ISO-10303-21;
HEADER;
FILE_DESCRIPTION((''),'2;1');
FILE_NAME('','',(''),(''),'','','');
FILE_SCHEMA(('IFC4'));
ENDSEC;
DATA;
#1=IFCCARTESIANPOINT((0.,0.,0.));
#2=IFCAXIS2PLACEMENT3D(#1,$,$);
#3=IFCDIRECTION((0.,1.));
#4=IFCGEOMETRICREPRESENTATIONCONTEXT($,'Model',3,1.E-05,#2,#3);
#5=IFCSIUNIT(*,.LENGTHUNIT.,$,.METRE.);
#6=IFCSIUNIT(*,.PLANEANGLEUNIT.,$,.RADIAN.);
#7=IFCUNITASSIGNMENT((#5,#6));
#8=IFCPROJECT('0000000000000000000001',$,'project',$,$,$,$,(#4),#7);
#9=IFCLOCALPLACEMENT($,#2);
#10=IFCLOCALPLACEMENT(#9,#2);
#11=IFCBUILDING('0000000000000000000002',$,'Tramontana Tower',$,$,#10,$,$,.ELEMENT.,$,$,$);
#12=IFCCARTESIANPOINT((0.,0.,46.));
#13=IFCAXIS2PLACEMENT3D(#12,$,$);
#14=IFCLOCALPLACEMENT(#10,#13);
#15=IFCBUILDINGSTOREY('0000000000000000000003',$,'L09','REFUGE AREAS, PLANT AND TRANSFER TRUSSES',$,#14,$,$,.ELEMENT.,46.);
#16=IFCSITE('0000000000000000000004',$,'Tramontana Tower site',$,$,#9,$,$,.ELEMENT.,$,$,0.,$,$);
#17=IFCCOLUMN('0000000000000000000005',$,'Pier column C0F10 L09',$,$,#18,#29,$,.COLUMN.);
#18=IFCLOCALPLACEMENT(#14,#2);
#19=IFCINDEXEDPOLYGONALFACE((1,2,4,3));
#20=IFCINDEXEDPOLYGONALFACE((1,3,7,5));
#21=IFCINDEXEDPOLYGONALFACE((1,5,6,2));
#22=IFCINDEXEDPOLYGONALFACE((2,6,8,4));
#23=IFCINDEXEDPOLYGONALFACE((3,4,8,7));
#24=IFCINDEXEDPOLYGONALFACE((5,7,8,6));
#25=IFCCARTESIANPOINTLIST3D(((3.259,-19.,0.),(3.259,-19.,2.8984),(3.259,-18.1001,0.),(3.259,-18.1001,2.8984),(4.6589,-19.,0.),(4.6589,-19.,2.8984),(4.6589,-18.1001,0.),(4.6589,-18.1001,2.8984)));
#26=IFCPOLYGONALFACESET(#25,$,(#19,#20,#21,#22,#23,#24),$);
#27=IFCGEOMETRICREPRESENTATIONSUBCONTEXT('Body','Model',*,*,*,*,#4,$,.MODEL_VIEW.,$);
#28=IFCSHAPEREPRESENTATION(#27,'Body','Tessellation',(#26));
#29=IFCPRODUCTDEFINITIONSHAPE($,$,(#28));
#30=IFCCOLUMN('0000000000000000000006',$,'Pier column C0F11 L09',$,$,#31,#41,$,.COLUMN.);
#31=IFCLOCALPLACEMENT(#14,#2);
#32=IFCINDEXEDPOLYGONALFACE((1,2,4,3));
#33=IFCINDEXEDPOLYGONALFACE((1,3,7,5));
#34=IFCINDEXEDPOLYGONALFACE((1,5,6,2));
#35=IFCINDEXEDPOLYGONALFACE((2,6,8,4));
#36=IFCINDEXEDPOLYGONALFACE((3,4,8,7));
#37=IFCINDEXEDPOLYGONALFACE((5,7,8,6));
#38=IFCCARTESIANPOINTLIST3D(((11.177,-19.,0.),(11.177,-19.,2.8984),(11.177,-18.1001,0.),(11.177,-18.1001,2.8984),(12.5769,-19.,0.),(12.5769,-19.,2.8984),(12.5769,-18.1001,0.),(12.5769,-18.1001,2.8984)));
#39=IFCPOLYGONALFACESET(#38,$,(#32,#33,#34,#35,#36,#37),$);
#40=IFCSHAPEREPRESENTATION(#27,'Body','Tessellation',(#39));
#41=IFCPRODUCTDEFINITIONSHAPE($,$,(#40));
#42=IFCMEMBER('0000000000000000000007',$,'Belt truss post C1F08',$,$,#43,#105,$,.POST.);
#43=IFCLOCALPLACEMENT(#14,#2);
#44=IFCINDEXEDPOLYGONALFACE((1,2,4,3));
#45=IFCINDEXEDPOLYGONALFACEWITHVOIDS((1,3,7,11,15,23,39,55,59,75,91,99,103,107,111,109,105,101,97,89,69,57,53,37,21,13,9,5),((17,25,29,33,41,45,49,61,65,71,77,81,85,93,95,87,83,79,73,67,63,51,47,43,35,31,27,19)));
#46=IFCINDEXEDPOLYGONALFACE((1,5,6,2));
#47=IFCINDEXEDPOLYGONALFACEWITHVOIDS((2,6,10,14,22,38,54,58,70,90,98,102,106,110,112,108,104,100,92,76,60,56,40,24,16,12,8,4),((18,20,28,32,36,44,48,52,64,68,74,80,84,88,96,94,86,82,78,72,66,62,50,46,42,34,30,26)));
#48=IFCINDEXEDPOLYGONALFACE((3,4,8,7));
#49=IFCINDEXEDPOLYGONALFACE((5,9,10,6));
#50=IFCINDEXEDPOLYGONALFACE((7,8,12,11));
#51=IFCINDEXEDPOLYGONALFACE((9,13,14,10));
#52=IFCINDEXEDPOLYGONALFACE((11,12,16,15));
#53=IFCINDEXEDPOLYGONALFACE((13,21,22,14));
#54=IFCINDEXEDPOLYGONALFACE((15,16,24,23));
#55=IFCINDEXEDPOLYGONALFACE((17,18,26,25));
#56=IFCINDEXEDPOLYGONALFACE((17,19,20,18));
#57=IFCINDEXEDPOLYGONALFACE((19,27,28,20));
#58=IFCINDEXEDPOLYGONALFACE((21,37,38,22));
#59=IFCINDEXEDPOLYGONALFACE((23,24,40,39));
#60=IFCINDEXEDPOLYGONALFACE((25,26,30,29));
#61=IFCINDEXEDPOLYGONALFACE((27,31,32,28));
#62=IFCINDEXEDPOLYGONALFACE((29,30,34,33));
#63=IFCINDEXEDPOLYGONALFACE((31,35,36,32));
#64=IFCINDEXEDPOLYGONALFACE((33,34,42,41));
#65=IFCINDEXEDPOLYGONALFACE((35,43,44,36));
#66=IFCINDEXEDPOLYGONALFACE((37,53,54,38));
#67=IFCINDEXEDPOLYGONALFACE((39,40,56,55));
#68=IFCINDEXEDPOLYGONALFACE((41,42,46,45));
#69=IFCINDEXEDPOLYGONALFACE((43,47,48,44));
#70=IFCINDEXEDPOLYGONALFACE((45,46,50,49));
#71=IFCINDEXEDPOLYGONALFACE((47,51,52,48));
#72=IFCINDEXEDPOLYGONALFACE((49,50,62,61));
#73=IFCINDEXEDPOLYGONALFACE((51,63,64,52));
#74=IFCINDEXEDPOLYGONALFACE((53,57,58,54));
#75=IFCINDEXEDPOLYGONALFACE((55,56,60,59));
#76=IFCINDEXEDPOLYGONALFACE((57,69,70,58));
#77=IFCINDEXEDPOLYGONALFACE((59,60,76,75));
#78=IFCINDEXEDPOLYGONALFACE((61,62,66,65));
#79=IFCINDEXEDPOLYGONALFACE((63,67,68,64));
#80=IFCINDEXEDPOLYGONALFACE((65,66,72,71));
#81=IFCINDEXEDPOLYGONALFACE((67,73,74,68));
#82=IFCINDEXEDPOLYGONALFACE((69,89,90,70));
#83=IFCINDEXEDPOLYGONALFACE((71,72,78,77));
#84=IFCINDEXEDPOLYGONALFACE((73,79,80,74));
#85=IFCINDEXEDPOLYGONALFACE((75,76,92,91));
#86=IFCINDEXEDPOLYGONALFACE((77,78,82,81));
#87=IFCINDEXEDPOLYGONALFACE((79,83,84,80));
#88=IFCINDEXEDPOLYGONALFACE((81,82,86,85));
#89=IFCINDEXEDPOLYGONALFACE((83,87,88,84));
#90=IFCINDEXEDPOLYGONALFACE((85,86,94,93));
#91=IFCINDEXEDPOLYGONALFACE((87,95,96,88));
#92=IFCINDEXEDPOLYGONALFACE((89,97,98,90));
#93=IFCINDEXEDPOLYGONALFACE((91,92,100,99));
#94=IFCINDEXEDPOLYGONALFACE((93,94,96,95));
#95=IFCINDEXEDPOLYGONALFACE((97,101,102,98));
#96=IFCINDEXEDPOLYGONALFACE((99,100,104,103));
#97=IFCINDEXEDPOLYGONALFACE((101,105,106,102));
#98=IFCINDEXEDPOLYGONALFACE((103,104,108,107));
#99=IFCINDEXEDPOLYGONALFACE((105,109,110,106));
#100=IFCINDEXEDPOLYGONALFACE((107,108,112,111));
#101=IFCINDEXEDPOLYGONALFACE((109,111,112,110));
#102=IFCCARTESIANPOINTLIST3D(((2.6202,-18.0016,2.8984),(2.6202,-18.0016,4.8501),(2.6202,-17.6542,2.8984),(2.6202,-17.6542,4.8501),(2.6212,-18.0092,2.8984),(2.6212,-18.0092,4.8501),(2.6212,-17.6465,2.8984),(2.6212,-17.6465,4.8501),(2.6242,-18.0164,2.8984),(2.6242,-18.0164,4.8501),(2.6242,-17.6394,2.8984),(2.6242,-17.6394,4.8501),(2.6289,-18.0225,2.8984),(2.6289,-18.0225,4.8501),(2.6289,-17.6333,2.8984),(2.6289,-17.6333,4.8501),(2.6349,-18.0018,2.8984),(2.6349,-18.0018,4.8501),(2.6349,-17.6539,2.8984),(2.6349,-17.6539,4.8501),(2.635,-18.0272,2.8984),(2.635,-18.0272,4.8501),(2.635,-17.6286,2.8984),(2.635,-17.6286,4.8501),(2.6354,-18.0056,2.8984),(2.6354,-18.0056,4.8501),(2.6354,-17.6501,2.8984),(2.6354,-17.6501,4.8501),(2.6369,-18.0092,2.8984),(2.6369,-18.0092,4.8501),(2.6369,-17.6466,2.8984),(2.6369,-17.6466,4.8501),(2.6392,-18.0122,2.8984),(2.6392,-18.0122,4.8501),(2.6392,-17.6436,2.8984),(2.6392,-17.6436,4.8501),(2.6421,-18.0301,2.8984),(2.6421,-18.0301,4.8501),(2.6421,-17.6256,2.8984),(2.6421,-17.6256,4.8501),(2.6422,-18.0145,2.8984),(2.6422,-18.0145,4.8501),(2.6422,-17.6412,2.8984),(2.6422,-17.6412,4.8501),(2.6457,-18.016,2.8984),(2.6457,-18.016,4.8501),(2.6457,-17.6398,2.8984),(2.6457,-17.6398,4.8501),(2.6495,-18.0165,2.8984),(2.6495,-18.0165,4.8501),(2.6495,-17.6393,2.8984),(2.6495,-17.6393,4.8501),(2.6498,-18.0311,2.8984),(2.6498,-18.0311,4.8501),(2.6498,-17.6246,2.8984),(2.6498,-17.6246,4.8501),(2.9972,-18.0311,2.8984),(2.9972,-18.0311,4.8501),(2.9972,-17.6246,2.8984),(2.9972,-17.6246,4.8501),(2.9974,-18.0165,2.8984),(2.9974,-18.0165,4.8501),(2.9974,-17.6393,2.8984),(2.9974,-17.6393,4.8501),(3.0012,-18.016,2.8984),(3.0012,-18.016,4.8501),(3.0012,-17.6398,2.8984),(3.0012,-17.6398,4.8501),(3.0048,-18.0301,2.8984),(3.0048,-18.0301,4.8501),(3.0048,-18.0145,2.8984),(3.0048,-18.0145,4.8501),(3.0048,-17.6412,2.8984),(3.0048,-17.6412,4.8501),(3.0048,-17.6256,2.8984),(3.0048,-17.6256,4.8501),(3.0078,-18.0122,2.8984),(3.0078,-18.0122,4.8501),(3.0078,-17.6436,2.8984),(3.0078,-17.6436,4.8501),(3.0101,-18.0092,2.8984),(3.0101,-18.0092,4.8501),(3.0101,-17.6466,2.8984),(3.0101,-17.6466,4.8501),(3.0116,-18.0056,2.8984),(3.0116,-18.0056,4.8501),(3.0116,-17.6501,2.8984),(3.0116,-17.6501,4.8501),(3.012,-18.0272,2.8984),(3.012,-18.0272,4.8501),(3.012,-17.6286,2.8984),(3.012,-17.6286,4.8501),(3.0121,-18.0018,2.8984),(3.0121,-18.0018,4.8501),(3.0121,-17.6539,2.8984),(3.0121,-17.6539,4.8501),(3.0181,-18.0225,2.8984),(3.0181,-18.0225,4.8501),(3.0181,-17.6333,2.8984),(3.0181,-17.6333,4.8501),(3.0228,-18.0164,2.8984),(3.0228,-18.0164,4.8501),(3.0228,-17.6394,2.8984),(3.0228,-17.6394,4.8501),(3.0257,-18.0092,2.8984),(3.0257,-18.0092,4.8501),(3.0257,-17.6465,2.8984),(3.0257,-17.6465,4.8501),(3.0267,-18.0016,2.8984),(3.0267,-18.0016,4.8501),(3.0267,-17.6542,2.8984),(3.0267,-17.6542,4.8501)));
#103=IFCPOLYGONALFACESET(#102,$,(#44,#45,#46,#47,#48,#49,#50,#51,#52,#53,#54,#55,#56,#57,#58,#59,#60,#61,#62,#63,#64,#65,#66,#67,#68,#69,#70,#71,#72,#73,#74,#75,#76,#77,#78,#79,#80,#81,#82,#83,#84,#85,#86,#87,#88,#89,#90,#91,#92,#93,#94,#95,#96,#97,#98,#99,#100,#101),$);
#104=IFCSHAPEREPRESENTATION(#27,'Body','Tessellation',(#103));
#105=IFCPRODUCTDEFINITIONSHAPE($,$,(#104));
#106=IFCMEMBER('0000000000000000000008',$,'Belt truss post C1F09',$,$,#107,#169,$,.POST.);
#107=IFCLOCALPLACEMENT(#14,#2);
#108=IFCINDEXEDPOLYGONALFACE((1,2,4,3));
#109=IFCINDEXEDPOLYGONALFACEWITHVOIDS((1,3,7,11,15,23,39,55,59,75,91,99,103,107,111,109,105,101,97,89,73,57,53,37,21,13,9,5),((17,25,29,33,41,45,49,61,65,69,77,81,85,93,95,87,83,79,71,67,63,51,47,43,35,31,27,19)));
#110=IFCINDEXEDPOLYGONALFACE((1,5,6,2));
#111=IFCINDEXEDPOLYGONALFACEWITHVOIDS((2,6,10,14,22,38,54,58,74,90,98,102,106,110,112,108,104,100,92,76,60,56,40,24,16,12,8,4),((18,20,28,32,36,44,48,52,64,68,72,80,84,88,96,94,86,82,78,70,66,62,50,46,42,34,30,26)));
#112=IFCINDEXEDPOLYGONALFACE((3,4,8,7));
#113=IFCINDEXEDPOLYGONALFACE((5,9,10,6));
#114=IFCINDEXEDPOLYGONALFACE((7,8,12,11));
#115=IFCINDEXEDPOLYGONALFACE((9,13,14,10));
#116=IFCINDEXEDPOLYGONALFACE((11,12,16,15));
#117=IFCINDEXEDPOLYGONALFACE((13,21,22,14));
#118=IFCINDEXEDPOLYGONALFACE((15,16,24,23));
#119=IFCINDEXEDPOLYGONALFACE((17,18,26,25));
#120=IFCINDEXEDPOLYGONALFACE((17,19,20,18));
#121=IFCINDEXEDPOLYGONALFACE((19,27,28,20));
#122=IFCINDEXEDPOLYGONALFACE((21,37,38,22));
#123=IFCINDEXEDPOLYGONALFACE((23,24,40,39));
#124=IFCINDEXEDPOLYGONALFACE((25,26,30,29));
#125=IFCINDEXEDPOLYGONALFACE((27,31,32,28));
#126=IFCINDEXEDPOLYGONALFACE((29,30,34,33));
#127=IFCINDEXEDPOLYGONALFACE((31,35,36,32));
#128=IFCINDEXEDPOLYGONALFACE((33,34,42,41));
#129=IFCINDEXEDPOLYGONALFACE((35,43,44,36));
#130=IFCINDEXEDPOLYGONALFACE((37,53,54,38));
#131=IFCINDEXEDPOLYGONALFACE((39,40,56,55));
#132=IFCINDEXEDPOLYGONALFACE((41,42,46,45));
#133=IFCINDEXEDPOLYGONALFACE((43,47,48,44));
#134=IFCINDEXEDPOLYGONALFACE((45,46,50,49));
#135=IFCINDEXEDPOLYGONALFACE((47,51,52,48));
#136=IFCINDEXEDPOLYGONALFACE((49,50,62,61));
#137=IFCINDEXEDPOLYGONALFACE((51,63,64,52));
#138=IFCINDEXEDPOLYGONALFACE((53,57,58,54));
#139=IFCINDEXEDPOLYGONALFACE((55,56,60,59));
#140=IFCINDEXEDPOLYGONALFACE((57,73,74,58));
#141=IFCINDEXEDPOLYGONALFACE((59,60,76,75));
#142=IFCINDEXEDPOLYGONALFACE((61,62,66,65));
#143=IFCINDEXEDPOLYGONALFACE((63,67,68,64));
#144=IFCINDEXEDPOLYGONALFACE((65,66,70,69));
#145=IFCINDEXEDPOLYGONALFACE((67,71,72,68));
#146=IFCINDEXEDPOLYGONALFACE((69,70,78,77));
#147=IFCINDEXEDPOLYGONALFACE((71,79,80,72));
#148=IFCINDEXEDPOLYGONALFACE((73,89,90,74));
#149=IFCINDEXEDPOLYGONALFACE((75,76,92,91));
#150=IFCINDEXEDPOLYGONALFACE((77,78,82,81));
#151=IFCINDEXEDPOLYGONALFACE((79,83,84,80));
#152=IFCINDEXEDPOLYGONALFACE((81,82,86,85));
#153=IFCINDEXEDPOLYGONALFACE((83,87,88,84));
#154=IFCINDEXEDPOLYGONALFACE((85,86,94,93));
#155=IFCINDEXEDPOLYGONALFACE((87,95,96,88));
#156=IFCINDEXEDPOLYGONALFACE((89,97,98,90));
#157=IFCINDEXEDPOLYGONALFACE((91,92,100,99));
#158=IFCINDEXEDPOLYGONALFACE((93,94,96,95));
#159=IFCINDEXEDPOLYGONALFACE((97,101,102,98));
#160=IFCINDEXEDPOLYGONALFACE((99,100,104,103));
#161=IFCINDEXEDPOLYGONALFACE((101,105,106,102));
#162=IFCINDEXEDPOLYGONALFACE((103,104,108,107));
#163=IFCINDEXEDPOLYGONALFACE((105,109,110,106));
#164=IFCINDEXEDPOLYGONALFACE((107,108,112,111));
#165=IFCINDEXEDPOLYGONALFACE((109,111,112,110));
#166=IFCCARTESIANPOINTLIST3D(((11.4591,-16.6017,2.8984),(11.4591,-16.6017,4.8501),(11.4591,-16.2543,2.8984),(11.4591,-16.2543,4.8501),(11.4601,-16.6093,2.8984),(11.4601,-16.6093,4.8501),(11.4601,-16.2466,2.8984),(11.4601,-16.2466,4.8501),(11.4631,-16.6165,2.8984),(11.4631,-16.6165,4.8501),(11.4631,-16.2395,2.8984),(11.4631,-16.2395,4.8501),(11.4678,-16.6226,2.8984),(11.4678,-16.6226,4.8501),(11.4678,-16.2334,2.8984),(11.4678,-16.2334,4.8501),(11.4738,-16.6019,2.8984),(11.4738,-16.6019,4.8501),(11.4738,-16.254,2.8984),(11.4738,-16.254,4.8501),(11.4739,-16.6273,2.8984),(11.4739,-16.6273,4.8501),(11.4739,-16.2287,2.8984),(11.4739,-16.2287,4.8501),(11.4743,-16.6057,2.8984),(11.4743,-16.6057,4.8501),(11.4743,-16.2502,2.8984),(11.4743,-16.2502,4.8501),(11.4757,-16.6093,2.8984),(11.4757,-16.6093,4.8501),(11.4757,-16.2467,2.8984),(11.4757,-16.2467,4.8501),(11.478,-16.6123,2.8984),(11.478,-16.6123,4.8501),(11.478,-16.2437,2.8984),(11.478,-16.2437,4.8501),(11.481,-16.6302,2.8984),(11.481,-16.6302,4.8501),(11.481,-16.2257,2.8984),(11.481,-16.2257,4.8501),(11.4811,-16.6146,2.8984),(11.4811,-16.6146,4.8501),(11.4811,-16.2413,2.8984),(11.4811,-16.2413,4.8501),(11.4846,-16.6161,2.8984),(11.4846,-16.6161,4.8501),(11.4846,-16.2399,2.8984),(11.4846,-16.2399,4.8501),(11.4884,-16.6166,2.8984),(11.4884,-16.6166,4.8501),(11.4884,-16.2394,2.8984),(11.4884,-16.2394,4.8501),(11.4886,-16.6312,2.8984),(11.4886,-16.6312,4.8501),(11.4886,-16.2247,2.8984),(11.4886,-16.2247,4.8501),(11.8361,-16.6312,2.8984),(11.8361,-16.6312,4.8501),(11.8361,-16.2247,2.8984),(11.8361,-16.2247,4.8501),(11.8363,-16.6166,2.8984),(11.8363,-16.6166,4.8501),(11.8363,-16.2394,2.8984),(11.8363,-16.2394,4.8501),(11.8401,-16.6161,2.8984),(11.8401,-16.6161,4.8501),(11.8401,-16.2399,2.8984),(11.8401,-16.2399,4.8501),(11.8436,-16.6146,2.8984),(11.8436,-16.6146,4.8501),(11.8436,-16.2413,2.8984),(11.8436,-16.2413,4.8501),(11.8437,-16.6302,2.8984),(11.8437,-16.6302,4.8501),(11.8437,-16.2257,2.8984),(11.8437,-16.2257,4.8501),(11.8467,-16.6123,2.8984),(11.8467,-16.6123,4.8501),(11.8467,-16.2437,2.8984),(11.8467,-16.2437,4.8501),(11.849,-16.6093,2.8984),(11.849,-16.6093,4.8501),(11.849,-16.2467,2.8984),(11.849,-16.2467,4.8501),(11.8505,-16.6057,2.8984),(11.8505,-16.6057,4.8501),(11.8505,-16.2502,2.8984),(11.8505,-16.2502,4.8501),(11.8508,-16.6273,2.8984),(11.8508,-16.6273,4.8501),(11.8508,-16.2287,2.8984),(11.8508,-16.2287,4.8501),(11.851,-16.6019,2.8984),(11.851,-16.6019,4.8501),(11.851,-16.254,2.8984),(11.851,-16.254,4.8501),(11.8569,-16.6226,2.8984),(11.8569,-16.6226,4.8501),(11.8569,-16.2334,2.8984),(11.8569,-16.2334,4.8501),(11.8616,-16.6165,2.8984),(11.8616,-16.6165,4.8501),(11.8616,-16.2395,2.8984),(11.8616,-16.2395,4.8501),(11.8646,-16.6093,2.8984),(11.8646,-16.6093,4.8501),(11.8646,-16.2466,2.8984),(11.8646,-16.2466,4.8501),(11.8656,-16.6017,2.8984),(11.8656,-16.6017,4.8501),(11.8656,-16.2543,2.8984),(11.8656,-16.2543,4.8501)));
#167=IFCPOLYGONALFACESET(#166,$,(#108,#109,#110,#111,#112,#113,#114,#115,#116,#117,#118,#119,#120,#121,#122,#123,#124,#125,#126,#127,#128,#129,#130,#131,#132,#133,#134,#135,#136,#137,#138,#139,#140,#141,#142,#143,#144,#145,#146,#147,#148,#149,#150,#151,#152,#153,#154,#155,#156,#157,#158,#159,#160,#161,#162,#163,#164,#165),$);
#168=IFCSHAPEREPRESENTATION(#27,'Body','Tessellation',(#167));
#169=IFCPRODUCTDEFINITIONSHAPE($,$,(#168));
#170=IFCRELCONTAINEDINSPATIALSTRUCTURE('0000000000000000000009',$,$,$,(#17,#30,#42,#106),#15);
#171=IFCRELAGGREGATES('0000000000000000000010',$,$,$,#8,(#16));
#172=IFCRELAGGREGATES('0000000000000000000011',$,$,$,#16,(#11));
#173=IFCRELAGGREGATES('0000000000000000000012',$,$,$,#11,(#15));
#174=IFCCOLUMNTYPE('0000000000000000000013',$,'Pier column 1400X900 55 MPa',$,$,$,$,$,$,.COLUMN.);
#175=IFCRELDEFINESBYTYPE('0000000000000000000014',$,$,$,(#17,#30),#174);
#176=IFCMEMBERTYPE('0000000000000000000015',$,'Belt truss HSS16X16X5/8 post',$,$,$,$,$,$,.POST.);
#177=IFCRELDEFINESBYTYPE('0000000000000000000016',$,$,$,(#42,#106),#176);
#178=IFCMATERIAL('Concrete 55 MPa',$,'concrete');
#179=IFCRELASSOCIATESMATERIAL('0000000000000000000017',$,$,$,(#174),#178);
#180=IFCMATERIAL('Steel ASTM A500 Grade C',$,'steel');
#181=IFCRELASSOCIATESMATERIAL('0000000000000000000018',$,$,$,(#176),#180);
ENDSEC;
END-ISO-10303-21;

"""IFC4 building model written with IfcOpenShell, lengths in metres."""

from ifc_helpers import new_model, si_unit, direction, frame, origin, origin_2d, place, context, subcontext, project, spatial, rectangle, hollow_rectangle, extrude, material, material_profile, profile_set, type_object, element, save


model = new_model("IFC4")

# Units and contexts
model_context = context("Model", 3, precision=1e-05, world=origin(), true_north=direction((0.0, 1.0)))
body_context = subcontext(model_context, "Body", "Model", "MODEL_VIEW")
ifc_project = project(units=[si_unit("LENGTHUNIT", "METRE"), si_unit("PLANEANGLEUNIT", "RADIAN")], contexts=[model_context])

# Site, building, storey
site_placement = place(None, origin())
site = spatial("IfcSite", under=ifc_project, at=site_placement, Name="Tramontana Tower site", CompositionType="ELEMENT", RefElevation=0.0)
building_placement = place(site_placement, origin())
building = spatial("IfcBuilding", under=site, at=building_placement, Name="Tramontana Tower", CompositionType="ELEMENT")
storey_placement = place(building_placement, frame((0.0, 0.0, 46.0)))
storey = spatial("IfcBuildingStorey", under=building, at=storey_placement, Name="L09", Description="REFUGE AREAS, PLANT AND TRANSFER TRUSSES", CompositionType="ELEMENT", Elevation=46.0)

# Columns
ifc_material_1 = material(Name="Concrete 55 MPa", Category="concrete")
ifc_material_profile_1 = material_profile(ifc_material_1, rectangle(XDim=1.3999, YDim=0.8999, at=origin_2d()), Name="Pier column 1400X900 55 MPa")
ifc_profile_set_1 = profile_set([ifc_material_profile_1], Name="Concrete 55 MPa")
column_type = type_object("IfcColumnType", Name="Pier column 1400X900 55 MPa", PredefinedType="COLUMN", material=ifc_profile_set_1)
for number, where, z_axis, x_axis, name in (
    (1, (3.959, -18.55, 0.0), (0.0, 0.0, 1.0), (1.0, 0.0, 0.0), "Pier column C0F10 L09"),
    (2, (11.877, -18.55, 0.0), (0.0, 0.0, 1.0), (1.0, 0.0, 0.0), "Pier column C0F11 L09"),
):
    element("IfcColumn", number, at=place(storey_placement, frame(where, z_axis=z_axis, x_axis=x_axis)), inside=storey, type_object=column_type, Name=name, PredefinedType="COLUMN", context=body_context, shape_type="SweptSolid", body=[
        extrude(rectangle(XDim=1.3999, YDim=0.8999, at=origin_2d()), origin(), (0.0, 0.0, 1.0), 2.8984),
    ])

# Members
ifc_material_2 = material(Name="Steel ASTM A500 Grade C", Category="steel")
ifc_material_profile_2 = material_profile(ifc_material_2, hollow_rectangle(XDim=0.4065, YDim=0.4065, WallThickness=0.0146, InnerFilletRadius=0.0146, OuterFilletRadius=0.0295, at=origin_2d()), Name="HSS16X16X5/8")
ifc_profile_set_2 = profile_set([ifc_material_profile_2], Name="Steel ASTM A500 Grade C")
member_type_1 = type_object("IfcMemberType", Name="Belt truss HSS16X16X5/8 post", PredefinedType="POST", material=ifc_profile_set_2)
for number, where, z_axis, x_axis, name in (
    (3, (2.8235, -17.8279, 2.8984), (0.0, 0.0, 1.0), (1.0, 0.0, 0.0), "Belt truss post C1F08"),
    (4, (11.6624, -16.428, 2.8984), (0.0, 0.0, 1.0), (1.0, 0.0, 0.0), "Belt truss post C1F09"),
):
    element("IfcMember", number, at=place(storey_placement, frame(where, z_axis=z_axis, x_axis=x_axis)), inside=storey, type_object=member_type_1, Name=name, PredefinedType="POST", context=body_context, shape_type="SweptSolid", body=[
        extrude(hollow_rectangle(XDim=0.4065, YDim=0.4065, WallThickness=0.0146, InnerFilletRadius=0.0146, OuterFilletRadius=0.0295, at=origin_2d()), origin(), (0.0, 0.0, 1.0), 1.9517),
    ])

save(model, "model.ifc")
